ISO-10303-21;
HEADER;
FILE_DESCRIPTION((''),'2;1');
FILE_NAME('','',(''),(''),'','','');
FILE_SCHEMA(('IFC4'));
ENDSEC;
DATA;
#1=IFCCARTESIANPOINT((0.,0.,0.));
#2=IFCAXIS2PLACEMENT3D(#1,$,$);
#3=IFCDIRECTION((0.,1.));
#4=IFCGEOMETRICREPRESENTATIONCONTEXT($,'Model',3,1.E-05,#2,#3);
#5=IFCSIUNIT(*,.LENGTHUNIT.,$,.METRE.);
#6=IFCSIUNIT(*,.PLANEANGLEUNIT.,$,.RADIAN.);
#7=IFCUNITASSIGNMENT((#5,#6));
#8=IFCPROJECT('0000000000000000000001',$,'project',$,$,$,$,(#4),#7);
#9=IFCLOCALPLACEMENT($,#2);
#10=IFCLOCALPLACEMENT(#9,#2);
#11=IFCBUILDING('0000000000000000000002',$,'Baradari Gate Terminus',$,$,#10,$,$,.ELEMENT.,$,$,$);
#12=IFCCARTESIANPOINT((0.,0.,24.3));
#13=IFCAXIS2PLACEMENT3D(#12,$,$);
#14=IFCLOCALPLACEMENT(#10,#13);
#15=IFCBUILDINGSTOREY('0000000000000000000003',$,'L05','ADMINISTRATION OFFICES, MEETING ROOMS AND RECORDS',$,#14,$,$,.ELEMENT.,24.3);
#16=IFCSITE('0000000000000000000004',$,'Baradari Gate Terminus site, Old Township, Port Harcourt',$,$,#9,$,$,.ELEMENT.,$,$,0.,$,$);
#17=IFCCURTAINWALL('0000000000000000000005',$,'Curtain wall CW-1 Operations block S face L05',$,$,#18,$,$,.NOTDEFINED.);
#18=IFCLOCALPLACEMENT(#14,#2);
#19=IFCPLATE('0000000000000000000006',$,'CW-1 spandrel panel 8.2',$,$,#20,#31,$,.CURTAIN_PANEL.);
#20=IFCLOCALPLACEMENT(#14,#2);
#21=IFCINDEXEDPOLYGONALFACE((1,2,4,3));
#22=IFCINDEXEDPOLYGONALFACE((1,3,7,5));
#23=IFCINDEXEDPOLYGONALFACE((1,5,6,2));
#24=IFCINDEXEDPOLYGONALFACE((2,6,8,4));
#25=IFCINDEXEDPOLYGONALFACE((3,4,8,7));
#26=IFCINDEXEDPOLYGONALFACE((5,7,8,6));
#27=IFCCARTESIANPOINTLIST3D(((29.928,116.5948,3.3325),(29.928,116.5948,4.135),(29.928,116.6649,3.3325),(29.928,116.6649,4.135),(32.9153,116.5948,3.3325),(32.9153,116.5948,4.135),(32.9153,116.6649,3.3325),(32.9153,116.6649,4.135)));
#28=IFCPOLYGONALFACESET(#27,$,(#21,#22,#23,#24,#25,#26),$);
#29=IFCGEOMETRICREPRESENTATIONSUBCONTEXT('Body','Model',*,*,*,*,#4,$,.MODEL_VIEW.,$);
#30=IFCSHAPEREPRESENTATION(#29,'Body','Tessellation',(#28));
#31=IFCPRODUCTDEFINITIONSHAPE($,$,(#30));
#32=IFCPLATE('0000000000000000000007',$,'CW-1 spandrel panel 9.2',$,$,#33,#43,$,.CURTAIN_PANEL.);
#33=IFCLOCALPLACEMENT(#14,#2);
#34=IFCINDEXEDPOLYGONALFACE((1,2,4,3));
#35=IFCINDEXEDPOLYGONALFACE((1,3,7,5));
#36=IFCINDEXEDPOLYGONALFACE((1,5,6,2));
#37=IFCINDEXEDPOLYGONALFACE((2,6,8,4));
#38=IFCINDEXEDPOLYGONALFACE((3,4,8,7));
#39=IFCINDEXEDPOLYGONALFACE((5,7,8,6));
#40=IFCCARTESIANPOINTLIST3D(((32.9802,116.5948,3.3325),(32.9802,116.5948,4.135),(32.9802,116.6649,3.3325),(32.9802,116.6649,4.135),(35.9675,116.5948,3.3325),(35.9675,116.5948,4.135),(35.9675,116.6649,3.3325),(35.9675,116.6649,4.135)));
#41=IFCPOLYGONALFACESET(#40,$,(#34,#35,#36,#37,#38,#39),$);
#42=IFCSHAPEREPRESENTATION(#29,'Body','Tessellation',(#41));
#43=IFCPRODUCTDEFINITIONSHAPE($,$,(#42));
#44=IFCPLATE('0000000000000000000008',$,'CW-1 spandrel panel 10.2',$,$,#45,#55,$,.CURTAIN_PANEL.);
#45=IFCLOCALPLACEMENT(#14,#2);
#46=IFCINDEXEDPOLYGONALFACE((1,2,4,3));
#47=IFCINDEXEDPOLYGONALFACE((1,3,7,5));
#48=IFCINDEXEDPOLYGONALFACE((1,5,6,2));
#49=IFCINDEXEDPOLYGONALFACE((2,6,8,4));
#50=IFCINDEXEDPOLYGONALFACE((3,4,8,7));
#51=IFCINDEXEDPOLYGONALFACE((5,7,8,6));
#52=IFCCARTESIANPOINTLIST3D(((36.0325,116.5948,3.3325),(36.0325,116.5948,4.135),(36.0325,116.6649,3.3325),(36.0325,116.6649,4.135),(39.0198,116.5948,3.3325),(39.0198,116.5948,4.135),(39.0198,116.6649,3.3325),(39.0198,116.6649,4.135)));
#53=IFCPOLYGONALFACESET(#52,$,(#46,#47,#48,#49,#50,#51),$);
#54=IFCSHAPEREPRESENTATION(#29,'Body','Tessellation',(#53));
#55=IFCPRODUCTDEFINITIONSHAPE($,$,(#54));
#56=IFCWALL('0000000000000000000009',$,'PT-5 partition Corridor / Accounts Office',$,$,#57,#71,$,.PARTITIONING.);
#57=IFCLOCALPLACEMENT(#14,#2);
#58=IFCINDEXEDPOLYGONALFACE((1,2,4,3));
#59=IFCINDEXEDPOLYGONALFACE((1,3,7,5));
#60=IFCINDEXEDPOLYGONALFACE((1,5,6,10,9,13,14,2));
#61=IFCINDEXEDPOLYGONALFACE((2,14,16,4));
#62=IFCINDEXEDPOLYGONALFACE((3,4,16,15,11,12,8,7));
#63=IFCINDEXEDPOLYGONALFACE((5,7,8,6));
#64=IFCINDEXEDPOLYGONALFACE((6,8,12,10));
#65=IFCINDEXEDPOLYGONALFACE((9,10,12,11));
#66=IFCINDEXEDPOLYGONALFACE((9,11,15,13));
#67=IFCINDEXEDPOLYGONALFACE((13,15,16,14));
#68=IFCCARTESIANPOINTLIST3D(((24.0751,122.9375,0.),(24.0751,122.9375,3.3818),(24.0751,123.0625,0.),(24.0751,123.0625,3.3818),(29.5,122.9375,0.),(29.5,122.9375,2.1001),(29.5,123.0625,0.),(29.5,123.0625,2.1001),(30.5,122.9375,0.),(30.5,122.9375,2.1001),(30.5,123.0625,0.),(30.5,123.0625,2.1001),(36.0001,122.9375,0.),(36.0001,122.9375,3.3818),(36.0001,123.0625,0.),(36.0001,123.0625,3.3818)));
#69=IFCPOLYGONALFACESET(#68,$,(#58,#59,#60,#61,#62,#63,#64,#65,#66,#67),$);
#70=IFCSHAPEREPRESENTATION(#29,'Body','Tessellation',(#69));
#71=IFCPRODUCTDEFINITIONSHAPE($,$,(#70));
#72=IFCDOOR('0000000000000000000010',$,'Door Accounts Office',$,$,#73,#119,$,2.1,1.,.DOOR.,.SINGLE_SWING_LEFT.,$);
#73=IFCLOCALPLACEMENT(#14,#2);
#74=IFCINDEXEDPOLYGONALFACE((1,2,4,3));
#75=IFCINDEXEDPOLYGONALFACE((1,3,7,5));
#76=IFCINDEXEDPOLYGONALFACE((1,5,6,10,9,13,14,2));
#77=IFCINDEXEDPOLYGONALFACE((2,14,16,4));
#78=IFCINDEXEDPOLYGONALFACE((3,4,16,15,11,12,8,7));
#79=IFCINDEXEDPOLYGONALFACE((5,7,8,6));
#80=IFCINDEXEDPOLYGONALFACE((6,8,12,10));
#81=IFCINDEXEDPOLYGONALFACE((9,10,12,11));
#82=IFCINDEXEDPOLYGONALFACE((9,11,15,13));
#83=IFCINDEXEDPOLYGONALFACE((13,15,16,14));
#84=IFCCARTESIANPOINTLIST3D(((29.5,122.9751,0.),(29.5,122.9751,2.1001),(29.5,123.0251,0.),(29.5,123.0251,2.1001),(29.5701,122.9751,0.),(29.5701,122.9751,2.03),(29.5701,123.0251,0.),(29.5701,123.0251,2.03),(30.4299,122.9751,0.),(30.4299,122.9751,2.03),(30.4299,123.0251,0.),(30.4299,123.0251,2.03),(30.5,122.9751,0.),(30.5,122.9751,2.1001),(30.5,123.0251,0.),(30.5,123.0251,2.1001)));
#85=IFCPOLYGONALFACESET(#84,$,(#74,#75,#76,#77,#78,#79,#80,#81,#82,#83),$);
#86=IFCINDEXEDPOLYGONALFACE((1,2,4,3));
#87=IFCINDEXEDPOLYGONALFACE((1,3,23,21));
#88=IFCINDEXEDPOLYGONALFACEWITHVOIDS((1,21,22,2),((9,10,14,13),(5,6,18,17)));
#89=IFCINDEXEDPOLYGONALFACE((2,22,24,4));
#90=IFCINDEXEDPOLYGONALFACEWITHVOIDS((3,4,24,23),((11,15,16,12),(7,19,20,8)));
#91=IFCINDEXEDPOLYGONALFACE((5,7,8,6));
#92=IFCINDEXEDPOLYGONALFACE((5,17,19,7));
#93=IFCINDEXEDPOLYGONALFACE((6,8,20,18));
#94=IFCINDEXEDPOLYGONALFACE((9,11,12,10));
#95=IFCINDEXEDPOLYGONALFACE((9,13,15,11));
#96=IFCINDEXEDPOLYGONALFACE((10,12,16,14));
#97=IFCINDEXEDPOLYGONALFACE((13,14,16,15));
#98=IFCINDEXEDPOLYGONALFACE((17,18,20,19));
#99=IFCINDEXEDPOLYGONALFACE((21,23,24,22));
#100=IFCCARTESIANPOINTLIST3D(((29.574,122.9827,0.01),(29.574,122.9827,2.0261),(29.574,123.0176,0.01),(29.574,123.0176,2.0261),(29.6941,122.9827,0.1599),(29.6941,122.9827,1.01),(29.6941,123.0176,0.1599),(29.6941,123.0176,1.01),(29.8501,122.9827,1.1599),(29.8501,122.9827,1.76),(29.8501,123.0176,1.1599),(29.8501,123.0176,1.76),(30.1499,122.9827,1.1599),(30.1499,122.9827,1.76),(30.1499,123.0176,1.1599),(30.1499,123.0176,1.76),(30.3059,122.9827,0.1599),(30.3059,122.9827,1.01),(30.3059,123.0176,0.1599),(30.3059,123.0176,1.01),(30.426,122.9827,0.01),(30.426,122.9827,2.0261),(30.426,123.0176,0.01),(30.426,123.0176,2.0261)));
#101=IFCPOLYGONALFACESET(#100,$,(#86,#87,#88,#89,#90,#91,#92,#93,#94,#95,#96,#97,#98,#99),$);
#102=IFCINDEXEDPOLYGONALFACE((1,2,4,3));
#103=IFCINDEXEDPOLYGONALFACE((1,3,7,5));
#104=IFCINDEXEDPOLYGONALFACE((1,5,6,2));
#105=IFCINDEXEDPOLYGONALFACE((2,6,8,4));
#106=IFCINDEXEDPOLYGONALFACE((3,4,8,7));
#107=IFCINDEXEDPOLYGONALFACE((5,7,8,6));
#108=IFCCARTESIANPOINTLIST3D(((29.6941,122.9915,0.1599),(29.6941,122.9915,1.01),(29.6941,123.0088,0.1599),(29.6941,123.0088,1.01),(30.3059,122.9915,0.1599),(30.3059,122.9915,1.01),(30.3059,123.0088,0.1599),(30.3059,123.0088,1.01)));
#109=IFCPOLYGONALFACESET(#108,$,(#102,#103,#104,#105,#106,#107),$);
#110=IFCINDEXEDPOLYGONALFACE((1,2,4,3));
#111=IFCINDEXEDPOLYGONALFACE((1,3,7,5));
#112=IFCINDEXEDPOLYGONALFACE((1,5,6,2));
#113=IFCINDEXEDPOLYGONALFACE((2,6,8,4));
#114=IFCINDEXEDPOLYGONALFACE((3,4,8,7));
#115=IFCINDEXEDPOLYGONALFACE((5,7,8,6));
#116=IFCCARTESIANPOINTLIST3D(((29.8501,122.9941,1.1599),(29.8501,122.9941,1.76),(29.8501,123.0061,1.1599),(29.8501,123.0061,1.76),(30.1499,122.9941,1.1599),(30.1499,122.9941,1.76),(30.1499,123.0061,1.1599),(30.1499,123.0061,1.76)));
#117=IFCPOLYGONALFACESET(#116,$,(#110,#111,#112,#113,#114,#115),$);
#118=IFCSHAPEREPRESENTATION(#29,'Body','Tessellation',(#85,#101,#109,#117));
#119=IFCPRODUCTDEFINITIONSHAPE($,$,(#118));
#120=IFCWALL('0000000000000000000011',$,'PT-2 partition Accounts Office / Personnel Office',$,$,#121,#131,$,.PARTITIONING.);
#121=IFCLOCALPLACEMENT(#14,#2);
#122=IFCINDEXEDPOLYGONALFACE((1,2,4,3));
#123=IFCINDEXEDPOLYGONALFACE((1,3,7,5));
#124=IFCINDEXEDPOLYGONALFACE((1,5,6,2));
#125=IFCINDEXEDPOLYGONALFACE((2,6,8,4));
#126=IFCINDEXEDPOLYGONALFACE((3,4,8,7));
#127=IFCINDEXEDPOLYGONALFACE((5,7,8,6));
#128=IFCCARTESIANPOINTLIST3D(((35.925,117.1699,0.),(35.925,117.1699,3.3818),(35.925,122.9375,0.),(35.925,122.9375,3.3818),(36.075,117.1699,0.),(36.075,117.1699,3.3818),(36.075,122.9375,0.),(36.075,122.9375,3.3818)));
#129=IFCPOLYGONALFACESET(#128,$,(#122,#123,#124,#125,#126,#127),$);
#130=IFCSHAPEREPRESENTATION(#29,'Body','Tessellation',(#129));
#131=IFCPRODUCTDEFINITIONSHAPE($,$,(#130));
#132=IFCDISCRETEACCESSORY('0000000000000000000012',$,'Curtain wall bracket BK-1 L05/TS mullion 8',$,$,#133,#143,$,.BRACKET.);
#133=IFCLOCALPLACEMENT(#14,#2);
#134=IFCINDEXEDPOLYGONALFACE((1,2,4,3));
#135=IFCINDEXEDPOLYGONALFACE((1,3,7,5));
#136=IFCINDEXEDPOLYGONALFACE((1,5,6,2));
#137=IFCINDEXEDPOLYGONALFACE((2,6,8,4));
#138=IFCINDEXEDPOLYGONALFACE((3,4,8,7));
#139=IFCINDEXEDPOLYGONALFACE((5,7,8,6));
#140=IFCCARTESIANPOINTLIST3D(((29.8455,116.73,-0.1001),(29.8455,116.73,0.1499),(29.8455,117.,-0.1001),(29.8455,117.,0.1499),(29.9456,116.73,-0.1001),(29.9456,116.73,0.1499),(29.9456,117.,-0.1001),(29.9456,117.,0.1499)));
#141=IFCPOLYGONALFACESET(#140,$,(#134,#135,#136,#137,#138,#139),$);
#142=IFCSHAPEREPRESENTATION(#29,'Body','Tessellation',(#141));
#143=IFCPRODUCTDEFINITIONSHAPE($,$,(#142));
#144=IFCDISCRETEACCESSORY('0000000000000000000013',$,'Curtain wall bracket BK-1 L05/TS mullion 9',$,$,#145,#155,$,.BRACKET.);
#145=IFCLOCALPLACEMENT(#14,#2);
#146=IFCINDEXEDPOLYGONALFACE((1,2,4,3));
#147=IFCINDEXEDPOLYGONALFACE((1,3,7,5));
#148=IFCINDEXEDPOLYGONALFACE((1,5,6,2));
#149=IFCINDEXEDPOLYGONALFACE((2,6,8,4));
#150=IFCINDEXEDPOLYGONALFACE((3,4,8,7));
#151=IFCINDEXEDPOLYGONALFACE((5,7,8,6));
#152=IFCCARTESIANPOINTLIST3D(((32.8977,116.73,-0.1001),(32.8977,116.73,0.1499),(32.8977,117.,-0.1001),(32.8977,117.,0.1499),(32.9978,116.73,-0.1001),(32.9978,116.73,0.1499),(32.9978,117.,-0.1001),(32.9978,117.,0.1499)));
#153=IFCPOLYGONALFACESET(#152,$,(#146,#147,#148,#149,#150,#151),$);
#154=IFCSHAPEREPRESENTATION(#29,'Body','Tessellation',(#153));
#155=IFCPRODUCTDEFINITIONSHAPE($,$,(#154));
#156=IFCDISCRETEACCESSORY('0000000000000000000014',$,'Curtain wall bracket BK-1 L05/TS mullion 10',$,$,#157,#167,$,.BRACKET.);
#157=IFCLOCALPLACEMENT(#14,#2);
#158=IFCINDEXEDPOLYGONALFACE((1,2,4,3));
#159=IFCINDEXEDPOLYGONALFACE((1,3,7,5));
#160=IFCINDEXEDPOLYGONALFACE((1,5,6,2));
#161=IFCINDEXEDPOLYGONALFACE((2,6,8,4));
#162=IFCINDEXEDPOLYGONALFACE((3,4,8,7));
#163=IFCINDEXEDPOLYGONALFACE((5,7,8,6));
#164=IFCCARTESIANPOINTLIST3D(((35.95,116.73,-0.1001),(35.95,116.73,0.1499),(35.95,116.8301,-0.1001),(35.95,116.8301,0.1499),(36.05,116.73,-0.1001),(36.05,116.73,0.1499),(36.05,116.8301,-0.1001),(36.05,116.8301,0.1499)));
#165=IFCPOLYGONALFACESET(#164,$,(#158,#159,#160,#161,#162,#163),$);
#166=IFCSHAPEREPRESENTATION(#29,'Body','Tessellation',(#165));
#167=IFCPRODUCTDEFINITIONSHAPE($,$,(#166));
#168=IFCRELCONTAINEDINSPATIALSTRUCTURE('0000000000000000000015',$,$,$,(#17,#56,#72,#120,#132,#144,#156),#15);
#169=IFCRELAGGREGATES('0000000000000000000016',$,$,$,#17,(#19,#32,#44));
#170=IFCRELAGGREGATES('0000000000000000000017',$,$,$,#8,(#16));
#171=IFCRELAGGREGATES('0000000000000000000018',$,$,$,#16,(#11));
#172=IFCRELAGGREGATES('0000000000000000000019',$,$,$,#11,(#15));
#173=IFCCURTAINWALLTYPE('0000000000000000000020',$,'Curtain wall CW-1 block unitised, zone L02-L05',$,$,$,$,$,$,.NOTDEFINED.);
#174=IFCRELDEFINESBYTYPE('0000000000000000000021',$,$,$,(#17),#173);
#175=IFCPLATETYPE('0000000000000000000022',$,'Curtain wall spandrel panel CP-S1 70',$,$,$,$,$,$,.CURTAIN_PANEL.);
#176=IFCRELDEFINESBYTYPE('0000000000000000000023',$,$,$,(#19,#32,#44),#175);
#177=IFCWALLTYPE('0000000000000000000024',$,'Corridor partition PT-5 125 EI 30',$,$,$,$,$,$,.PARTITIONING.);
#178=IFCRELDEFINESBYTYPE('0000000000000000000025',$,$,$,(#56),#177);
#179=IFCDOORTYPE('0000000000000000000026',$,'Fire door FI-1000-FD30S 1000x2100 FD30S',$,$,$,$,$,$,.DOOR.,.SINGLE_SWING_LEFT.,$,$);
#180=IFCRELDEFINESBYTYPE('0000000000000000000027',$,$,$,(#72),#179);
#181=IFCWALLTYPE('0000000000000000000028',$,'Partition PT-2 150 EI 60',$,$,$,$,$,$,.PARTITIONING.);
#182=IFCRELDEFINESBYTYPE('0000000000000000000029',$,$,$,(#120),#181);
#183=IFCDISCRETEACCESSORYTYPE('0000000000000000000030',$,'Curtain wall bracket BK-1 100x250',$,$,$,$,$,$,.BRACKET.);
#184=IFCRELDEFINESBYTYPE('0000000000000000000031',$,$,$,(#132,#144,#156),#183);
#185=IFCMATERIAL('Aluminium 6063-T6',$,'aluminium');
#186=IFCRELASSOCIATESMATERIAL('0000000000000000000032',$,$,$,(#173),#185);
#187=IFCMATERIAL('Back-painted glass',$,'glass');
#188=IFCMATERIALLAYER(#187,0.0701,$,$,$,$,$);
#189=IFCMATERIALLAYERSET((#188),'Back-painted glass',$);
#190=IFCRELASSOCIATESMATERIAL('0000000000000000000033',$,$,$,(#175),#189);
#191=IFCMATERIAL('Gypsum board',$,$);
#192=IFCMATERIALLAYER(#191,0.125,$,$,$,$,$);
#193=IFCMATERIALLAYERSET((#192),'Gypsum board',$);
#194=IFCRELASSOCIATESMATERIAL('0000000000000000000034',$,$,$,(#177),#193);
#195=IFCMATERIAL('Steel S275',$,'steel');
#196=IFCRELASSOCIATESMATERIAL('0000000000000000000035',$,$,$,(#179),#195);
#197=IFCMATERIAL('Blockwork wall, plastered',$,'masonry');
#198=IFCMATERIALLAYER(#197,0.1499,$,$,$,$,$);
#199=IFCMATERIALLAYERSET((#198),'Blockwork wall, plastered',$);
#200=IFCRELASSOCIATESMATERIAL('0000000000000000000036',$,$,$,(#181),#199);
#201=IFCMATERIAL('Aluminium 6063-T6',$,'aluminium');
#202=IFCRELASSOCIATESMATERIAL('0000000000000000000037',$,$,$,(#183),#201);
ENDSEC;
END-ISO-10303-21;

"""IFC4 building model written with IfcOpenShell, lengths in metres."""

from ifc_helpers import new_model, si_unit, direction, frame, frame_2d, origin, origin_2d, place, context, subcontext, project, spatial, polyline, rectangle, outline, extrude, material, layer, layer_set, type_object, element, fill, aggregate, save


model = new_model("IFC4")

# Units and contexts
model_context = context("Model", 3, precision=1e-05, world=origin(), true_north=direction((0.0, 1.0)))
body_context = subcontext(model_context, "Body", "Model", "MODEL_VIEW")
ifc_project = project(units=[si_unit("LENGTHUNIT", "METRE"), si_unit("PLANEANGLEUNIT", "RADIAN")], contexts=[model_context])

# Site, building, storey
site_placement = place(None, origin())
site = spatial("IfcSite", under=ifc_project, at=site_placement, Name="Baradari Gate Terminus site, Old Township, Port Harcourt", CompositionType="ELEMENT", RefElevation=0.0)
building_placement = place(site_placement, origin())
building = spatial("IfcBuilding", under=site, at=building_placement, Name="Baradari Gate Terminus", CompositionType="ELEMENT")
storey_placement = place(building_placement, frame((0.0, 0.0, 24.3)))
storey = spatial("IfcBuildingStorey", under=building, at=storey_placement, Name="L05", Description="ADMINISTRATION OFFICES, MEETING ROOMS AND RECORDS", CompositionType="ELEMENT", Elevation=24.3)

# Curtain wall
ifc_material_1 = material(Name="Aluminium 6063-T6", Category="aluminium")
curtain_wall_type = type_object("IfcCurtainWallType", Name="Curtain wall CW-1 block unitised, zone L02-L05", PredefinedType="NOTDEFINED", material=ifc_material_1)
curtain_wall_placement = place(storey_placement, origin())
curtain_wall = element("IfcCurtainWall", 1, at=curtain_wall_placement, inside=storey, type_object=curtain_wall_type, Name="Curtain wall CW-1 Operations block S face L05", PredefinedType="NOTDEFINED")

# Plates
ifc_material_2 = material(Name="Back-painted glass", Category="glass")
ifc_layer_1 = layer(ifc_material_2, 0.0701)
ifc_layer_set_1 = layer_set([ifc_layer_1], Name="Back-painted glass")
plate_type_1 = type_object("IfcPlateType", Name="Curtain wall spandrel panel CP-S1 70", PredefinedType="CURTAIN_PANEL", material=ifc_layer_set_1)
plate_1_placement = place(storey_placement, frame((31.4216, 116.6299, 3.3325), z_axis=(0.0, 0.0, 1.0), x_axis=(1.0, 0.0, 0.0)))
plate_1 = element("IfcPlate", 2, at=plate_1_placement, type_object=plate_type_1, Name="CW-1 spandrel panel 8.2", PredefinedType="CURTAIN_PANEL", context=body_context, shape_type="SweptSolid", body=[
    extrude(rectangle(XDim=2.9873, YDim=0.0701, at=origin_2d()), origin(), (0.0, 0.0, 1.0), 0.8025),
])
plate_2_placement = place(storey_placement, frame((34.4739, 116.6299, 3.3325), z_axis=(0.0, 0.0, 1.0), x_axis=(1.0, 0.0, 0.0)))
plate_2 = element("IfcPlate", 3, at=plate_2_placement, type_object=plate_type_1, Name="CW-1 spandrel panel 9.2", PredefinedType="CURTAIN_PANEL", context=body_context, shape_type="SweptSolid", body=[
    extrude(rectangle(XDim=2.9873, YDim=0.0701, at=origin_2d()), origin(), (0.0, 0.0, 1.0), 0.8025),
])
plate_3_placement = place(storey_placement, frame((37.5261, 116.6299, 3.3325), z_axis=(0.0, 0.0, 1.0), x_axis=(1.0, 0.0, 0.0)))
plate_3 = element("IfcPlate", 4, at=plate_3_placement, type_object=plate_type_1, Name="CW-1 spandrel panel 10.2", PredefinedType="CURTAIN_PANEL", context=body_context, shape_type="SweptSolid", body=[
    extrude(rectangle(XDim=2.9873, YDim=0.0701, at=origin_2d()), origin(), (0.0, 0.0, 1.0), 0.8025),
])
aggregate(curtain_wall, [plate_1, plate_2, plate_3])

# Wall, opening, door
ifc_material_3 = material(Name="Gypsum board")
ifc_layer_2 = layer(ifc_material_3, 0.125)
ifc_layer_set_2 = layer_set([ifc_layer_2], Name="Gypsum board")
wall_type_1 = type_object("IfcWallType", Name="Corridor partition PT-5 125 EI 30", PredefinedType="PARTITIONING", material=ifc_layer_set_2)
wall_1_placement = place(storey_placement, frame((36.0, 123.0, 0.0), z_axis=(0.0, 0.0, 1.0), x_axis=(-1.0, 0.0, 0.0)))
wall_1 = element("IfcWall", 5, at=wall_1_placement, inside=storey, type_object=wall_type_1, Name="PT-5 partition Corridor / Accounts Office", PredefinedType="PARTITIONING", context=body_context, shape_type="SweptSolid", body=[
    extrude(rectangle(XDim=11.925, YDim=0.125, at=frame_2d((5.9624, 0.0))), origin(), (0.0, 0.0, 1.0), 3.3818),
])
opening_placement = place(wall_1_placement, frame((5.5, 0.0, 0.0)))
opening = element("IfcOpeningElement", 6, at=opening_placement, cuts=wall_1, PredefinedType="OPENING", context=body_context, shape_type="SweptSolid", body=[
    extrude(rectangle(XDim=1.0, YDim=2.1001, at=frame_2d((0.5, 1.05))), frame((0.0, 0.0725, 0.0), z_axis=(0.0, -1.0, 0.0), x_axis=(1.0, 0.0, 0.0)), (0.0, 0.0, 1.0), 0.145),
])
ifc_material_4 = material(Name="Steel S275", Category="steel")
door_type = type_object("IfcDoorType", Name="Fire door FI-1000-FD30S 1000x2100 FD30S", OperationType="SINGLE_SWING_LEFT", PredefinedType="DOOR", material=ifc_material_4)
door_placement = place(opening_placement, origin())
door = element("IfcDoor", 7, at=door_placement, inside=storey, type_object=door_type, Name="Door Accounts Office", OperationType="SINGLE_SWING_LEFT", OverallHeight=2.1, OverallWidth=1.0, PredefinedType="DOOR", context=body_context, shape_type="SweptSolid", body=[
    extrude(outline(polyline([(0.0, 0.0), (0.0701, 0.0), (0.0701, 2.03), (0.9299, 2.03), (0.9299, 0.0), (1.0, 0.0), (1.0, 2.1001), (0.0, 2.1001), (0.0, 0.0)])), frame((0.0, 0.0249, 0.0), z_axis=(0.0, -1.0, 0.0), x_axis=(1.0, 0.0, 0.0)), (0.0, 0.0, 1.0), 0.05),
    extrude(outline(polyline([(0.074, 0.01), (0.926, 0.01), (0.926, 2.0261), (0.074, 2.0261), (0.074, 0.01)]), holes=[polyline([(0.1941, 0.1599), (0.8059, 0.1599), (0.8059, 1.01), (0.1941, 1.01), (0.1941, 0.1599)]), polyline([(0.3501, 1.1599), (0.6499, 1.1599), (0.6499, 1.76), (0.3501, 1.76), (0.3501, 1.1599)])]), frame((0.0, 0.0173, 0.0), z_axis=(0.0, -1.0, 0.0), x_axis=(1.0, 0.0, 0.0)), (0.0, 0.0, 1.0), 0.0349),
    extrude(rectangle(XDim=0.6118, YDim=0.8501, at=frame_2d((0.5, 0.585))), frame((0.0, 0.0085, 0.0), z_axis=(0.0, -1.0, 0.0), x_axis=(1.0, 0.0, 0.0)), (0.0, 0.0, 1.0), 0.0173),
    extrude(rectangle(XDim=0.2998, YDim=0.6001, at=frame_2d((0.5, 1.46))), frame((0.0, 0.0059, 0.0), z_axis=(0.0, -1.0, 0.0), x_axis=(1.0, 0.0, 0.0)), (0.0, 0.0, 1.0), 0.012),
])
fill(opening, door)

# Wall
ifc_material_5 = material(Name="Blockwork wall, plastered", Category="masonry")
ifc_layer_3 = layer(ifc_material_5, 0.1499)
ifc_layer_set_3 = layer_set([ifc_layer_3], Name="Blockwork wall, plastered")
wall_type_2 = type_object("IfcWallType", Name="Partition PT-2 150 EI 60", PredefinedType="PARTITIONING", material=ifc_layer_set_3)
wall_2_placement = place(storey_placement, frame((36.0, 122.9375, 0.0), z_axis=(0.0, 0.0, 1.0), x_axis=(0.0, -1.0, 0.0)))
element("IfcWall", 8, at=wall_2_placement, inside=storey, type_object=wall_type_2, Name="PT-2 partition Accounts Office / Personnel Office", PredefinedType="PARTITIONING", context=body_context, shape_type="SweptSolid", body=[
    extrude(rectangle(XDim=5.7676, YDim=0.1499, at=frame_2d((2.8838, 0.0))), origin(), (0.0, 0.0, 1.0), 3.3818),
])

# Discrete accessories
ifc_material_6 = material(Name="Aluminium 6063-T6", Category="aluminium")
discrete_accessory_type = type_object("IfcDiscreteAccessoryType", Name="Curtain wall bracket BK-1 100x250", PredefinedType="BRACKET", material=ifc_material_6)
for number, where, z_axis, x_axis, name in (
    (9, (29.8955, 116.865, -0.1001), (0.0, 0.0, 1.0), (0.0, -1.0, 0.0), "Curtain wall bracket BK-1 L05/TS mullion 8"),
    (10, (32.9478, 116.865, -0.1001), (0.0, 0.0, 1.0), (0.0, -1.0, 0.0), "Curtain wall bracket BK-1 L05/TS mullion 9"),
):
    element("IfcDiscreteAccessory", number, at=place(storey_placement, frame(where, z_axis=z_axis, x_axis=x_axis)), inside=storey, type_object=discrete_accessory_type, Name=name, PredefinedType="BRACKET", context=body_context, shape_type="SweptSolid", body=[
        extrude(rectangle(XDim=0.27, YDim=0.1001, at=origin_2d()), origin(), (0.0, 0.0, 1.0), 0.25),
    ])
discrete_accessory_placement = place(storey_placement, frame((36.0, 116.78, -0.1001), z_axis=(0.0, 0.0, 1.0), x_axis=(0.0, -1.0, 0.0)))
element("IfcDiscreteAccessory", 11, at=discrete_accessory_placement, inside=storey, type_object=discrete_accessory_type, Name="Curtain wall bracket BK-1 L05/TS mullion 10", PredefinedType="BRACKET", context=body_context, shape_type="SweptSolid", body=[
    extrude(rectangle(XDim=0.1001, YDim=0.1001, at=origin_2d()), origin(), (0.0, 0.0, 1.0), 0.25),
])

save(model, "model.ifc")
